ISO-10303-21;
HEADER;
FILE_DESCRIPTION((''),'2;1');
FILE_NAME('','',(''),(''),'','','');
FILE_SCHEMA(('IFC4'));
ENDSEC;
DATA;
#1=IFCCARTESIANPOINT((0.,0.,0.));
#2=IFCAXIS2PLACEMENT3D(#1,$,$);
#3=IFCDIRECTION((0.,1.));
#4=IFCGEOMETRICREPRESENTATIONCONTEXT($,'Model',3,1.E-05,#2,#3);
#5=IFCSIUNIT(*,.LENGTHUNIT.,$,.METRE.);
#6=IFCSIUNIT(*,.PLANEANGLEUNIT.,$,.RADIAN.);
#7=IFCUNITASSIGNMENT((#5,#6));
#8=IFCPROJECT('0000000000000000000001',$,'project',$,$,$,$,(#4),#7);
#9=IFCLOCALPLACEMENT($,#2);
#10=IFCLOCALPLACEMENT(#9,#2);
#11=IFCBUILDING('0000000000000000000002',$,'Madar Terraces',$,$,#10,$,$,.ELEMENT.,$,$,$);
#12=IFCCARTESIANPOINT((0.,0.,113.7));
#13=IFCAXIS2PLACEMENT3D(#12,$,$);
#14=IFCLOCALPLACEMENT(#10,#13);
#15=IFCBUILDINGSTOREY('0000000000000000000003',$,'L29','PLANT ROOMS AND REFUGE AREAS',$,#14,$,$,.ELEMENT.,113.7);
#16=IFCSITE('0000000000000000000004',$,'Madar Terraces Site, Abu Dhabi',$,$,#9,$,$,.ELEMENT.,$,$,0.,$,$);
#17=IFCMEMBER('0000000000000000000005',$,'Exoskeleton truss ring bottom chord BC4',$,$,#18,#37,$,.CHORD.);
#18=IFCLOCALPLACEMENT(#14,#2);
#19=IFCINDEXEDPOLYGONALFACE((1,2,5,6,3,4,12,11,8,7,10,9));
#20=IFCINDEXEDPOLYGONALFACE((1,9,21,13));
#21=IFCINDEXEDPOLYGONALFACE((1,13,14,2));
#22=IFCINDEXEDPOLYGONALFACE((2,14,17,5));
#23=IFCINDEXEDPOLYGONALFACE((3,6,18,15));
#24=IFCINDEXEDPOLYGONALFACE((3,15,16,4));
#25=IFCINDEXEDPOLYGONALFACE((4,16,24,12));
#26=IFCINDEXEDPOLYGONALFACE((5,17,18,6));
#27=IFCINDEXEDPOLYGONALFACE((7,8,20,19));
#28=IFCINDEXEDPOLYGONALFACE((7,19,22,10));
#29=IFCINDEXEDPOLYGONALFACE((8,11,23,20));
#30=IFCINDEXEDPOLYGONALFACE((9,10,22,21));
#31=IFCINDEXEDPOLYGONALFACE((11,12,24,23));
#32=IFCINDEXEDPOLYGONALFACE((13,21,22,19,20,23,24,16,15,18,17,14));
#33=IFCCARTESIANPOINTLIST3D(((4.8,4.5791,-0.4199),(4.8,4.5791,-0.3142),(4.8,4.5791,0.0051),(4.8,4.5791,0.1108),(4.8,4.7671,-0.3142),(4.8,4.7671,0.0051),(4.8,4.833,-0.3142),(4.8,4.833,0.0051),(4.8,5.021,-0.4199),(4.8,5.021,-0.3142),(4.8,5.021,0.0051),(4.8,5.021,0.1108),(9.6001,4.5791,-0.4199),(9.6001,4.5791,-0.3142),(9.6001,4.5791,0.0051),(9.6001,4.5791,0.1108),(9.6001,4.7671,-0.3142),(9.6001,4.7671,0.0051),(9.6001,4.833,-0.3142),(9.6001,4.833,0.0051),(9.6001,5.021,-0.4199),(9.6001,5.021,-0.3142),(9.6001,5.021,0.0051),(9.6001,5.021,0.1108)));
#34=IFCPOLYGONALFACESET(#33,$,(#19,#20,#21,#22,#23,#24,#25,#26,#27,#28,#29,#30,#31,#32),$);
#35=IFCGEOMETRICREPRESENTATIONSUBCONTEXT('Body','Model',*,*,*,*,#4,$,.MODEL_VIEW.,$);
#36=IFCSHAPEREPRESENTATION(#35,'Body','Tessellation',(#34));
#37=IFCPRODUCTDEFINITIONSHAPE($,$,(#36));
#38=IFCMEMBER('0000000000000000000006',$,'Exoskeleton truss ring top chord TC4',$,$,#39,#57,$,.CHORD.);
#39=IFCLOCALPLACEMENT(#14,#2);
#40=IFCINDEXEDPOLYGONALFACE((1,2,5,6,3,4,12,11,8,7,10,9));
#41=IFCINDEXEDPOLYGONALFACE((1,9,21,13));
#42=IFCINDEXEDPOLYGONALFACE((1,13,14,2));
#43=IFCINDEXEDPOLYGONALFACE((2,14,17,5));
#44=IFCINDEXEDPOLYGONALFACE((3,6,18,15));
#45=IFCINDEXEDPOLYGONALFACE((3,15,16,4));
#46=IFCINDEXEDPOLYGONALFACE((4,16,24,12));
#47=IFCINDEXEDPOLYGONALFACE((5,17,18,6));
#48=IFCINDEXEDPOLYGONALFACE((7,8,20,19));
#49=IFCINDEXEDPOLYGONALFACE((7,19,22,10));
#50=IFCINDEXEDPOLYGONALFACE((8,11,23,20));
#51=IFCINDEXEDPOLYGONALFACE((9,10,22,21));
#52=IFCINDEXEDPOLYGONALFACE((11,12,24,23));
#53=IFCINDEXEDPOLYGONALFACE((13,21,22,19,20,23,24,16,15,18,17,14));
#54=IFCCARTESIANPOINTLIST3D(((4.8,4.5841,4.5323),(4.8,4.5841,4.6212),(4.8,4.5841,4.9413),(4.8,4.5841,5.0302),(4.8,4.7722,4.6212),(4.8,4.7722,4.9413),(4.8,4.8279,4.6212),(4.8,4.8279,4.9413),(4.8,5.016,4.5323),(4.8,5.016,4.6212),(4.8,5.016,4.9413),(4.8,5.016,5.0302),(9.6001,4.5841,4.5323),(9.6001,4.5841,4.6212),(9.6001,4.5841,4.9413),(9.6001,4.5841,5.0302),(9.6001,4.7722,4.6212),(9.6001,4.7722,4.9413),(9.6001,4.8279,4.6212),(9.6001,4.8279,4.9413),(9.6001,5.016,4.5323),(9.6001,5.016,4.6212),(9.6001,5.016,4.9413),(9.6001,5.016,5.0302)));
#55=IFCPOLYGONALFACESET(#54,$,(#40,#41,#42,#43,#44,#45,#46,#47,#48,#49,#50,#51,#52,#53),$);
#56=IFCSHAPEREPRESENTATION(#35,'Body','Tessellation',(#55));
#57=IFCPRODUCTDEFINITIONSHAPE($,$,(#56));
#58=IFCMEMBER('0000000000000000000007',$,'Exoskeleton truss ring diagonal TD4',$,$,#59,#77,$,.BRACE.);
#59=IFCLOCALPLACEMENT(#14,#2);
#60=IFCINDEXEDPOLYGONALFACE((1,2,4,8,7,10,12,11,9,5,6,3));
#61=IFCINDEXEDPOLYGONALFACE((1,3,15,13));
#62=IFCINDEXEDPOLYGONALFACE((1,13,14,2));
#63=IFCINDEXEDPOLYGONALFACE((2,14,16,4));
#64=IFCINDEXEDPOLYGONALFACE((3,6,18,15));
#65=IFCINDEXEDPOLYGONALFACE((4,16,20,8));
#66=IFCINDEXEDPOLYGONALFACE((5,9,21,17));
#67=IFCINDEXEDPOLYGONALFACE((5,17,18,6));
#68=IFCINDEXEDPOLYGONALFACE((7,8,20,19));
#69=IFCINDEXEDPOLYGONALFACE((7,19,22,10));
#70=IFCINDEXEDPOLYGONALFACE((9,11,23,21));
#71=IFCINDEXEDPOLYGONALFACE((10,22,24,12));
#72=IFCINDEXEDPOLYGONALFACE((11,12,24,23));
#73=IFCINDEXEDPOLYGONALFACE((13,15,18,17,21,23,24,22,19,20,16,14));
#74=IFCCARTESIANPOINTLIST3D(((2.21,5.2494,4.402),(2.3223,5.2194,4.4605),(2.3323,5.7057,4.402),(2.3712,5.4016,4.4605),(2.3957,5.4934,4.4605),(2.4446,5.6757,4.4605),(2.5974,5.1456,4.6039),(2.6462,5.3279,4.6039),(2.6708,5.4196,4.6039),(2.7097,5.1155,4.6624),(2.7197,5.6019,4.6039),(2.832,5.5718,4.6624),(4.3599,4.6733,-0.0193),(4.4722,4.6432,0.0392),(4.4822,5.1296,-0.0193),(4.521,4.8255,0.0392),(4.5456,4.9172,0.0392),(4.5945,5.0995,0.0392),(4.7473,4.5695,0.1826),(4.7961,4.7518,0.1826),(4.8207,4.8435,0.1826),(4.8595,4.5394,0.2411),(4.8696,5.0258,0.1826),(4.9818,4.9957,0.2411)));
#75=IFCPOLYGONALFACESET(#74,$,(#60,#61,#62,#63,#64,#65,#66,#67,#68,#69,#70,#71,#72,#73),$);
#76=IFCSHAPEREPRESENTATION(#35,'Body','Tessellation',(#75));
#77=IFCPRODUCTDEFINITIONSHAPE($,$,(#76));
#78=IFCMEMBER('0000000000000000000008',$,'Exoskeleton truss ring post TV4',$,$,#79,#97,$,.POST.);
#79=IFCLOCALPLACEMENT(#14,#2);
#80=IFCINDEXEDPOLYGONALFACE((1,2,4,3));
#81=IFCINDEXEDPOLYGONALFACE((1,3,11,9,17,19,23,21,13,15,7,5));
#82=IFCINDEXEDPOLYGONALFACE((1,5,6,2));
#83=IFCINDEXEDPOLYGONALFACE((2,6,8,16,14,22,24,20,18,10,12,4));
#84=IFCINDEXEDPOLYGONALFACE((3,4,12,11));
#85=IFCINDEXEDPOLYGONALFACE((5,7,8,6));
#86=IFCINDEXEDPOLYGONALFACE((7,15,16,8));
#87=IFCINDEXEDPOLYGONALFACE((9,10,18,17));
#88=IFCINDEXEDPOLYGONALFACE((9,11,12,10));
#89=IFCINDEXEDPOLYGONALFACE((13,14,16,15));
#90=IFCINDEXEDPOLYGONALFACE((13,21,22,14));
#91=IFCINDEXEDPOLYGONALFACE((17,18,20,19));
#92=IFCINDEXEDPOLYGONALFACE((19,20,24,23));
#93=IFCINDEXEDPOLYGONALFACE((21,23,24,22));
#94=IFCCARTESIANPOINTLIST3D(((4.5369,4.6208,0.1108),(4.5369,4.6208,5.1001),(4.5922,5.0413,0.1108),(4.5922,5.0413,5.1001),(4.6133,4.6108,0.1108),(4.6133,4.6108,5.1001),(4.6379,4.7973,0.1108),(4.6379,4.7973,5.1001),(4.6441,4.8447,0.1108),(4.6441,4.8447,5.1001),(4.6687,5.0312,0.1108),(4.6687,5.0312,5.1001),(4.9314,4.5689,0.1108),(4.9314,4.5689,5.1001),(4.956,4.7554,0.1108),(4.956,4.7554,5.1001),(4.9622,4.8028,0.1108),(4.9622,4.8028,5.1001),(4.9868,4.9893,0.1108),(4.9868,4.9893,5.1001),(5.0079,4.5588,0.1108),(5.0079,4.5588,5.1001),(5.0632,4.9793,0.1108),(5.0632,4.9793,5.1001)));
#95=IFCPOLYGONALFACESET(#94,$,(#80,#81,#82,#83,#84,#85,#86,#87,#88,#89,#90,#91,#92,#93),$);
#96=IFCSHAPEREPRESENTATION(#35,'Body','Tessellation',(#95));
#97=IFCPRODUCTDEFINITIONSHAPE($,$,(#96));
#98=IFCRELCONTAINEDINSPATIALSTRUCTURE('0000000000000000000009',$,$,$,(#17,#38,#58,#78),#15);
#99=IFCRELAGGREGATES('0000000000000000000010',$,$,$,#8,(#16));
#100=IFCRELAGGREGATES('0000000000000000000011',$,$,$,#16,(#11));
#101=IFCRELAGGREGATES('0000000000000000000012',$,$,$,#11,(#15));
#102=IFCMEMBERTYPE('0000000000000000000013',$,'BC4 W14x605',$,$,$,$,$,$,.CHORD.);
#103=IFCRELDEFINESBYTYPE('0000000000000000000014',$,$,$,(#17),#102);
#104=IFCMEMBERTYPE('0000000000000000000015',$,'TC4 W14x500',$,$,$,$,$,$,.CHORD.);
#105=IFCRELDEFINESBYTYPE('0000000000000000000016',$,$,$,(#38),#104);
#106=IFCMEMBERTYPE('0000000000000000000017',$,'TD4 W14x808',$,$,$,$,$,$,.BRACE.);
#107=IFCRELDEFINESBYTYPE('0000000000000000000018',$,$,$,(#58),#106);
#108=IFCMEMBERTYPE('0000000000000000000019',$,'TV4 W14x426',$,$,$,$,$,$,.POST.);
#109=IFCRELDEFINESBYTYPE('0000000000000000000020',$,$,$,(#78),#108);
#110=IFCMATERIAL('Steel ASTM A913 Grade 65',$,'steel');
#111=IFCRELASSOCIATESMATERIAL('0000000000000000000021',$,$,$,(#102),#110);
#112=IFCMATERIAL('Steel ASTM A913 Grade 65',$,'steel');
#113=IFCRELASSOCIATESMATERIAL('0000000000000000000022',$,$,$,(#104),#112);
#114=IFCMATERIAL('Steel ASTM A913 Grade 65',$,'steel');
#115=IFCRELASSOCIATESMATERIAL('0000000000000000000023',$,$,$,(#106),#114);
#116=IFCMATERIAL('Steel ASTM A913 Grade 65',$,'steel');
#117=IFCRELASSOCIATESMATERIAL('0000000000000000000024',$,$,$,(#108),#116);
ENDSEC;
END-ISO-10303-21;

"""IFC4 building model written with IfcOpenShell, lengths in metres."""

from ifc_helpers import new_model, si_unit, direction, frame, origin, origin_2d, place, context, subcontext, project, spatial, i_section, extrude, material, material_profile, profile_set, type_object, element, save


model = new_model("IFC4")

# Units and contexts
model_context = context("Model", 3, precision=1e-05, world=origin(), true_north=direction((0.0, 1.0)))
body_context = subcontext(model_context, "Body", "Model", "MODEL_VIEW")
ifc_project = project(units=[si_unit("LENGTHUNIT", "METRE"), si_unit("PLANEANGLEUNIT", "RADIAN")], contexts=[model_context])

# Site, building, storey
site_placement = place(None, origin())
site = spatial("IfcSite", under=ifc_project, at=site_placement, Name="Madar Terraces Site, Abu Dhabi", CompositionType="ELEMENT", RefElevation=0.0)
building_placement = place(site_placement, origin())
building = spatial("IfcBuilding", under=site, at=building_placement, Name="Madar Terraces", CompositionType="ELEMENT")
storey_placement = place(building_placement, frame((0.0, 0.0, 113.7)))
storey = spatial("IfcBuildingStorey", under=building, at=storey_placement, Name="L29", Description="PLANT ROOMS AND REFUGE AREAS", CompositionType="ELEMENT", Elevation=113.7)

# Members
ifc_material_1 = material(Name="Steel ASTM A913 Grade 65", Category="steel")
ifc_material_profile_1 = material_profile(ifc_material_1, i_section(OverallWidth=0.4419, OverallDepth=0.5308, WebThickness=0.0659, FlangeThickness=0.1057, at=origin_2d()), Name="W14x605")
ifc_profile_set_1 = profile_set([ifc_material_profile_1], Name="Steel ASTM A913 Grade 65")
member_type_1 = type_object("IfcMemberType", Name="BC4 W14x605", PredefinedType="CHORD", material=ifc_profile_set_1)
member_1_placement = place(storey_placement, frame((4.8, 4.8, -0.1545), z_axis=(1.0, 0.0, 0.0), x_axis=(0.0, 1.0, 0.0)))
element("IfcMember", 1, at=member_1_placement, inside=storey, type_object=member_type_1, Name="Exoskeleton truss ring bottom chord BC4", PredefinedType="CHORD", context=body_context, shape_type="SweptSolid", body=[
    extrude(i_section(OverallWidth=0.4419, OverallDepth=0.5308, WebThickness=0.0659, FlangeThickness=0.1057, at=origin_2d()), origin(), (0.0, 0.0, 1.0), 4.8),
])
ifc_material_2 = material(Name="Steel ASTM A913 Grade 65", Category="steel")
ifc_material_profile_2 = material_profile(ifc_material_2, i_section(OverallWidth=0.4319, OverallDepth=0.4978, WebThickness=0.0557, FlangeThickness=0.0889, at=origin_2d()), Name="W14x500")
ifc_profile_set_2 = profile_set([ifc_material_profile_2], Name="Steel ASTM A913 Grade 65")
member_type_2 = type_object("IfcMemberType", Name="TC4 W14x500", PredefinedType="CHORD", material=ifc_profile_set_2)
member_2_placement = place(storey_placement, frame((4.8, 4.8, 4.7812), z_axis=(1.0, 0.0, 0.0), x_axis=(0.0, 1.0, 0.0)))
element("IfcMember", 2, at=member_2_placement, inside=storey, type_object=member_type_2, Name="Exoskeleton truss ring top chord TC4", PredefinedType="CHORD", context=body_context, shape_type="SweptSolid", body=[
    extrude(i_section(OverallWidth=0.4319, OverallDepth=0.4978, WebThickness=0.0557, FlangeThickness=0.0889, at=origin_2d()), origin(), (0.0, 0.0, 1.0), 4.8),
])
ifc_material_3 = material(Name="Steel ASTM A913 Grade 65", Category="steel")
ifc_material_profile_3 = material_profile(ifc_material_3, i_section(OverallWidth=0.4724, OverallDepth=0.5791, WebThickness=0.095, FlangeThickness=0.1301, at=origin_2d()), Name="W14x808")
ifc_profile_set_3 = profile_set([ifc_material_profile_3], Name="Steel ASTM A913 Grade 65")
member_type_3 = type_object("IfcMemberType", Name="TD4 W14x808", PredefinedType="BRACE", material=ifc_profile_set_3)
member_3_placement = place(storey_placement, frame((2.521, 5.4106, 4.5322), z_axis=(0.434322, -0.116398, -0.893206), x_axis=(0.258864, 0.965914, 0.0)))
element("IfcMember", 3, at=member_3_placement, inside=storey, type_object=member_type_3, Name="Exoskeleton truss ring diagonal TD4", PredefinedType="BRACE", context=body_context, shape_type="SweptSolid", body=[
    extrude(i_section(OverallWidth=0.4724, OverallDepth=0.5791, WebThickness=0.095, FlangeThickness=0.1301, at=origin_2d()), origin(), (0.0, 0.0, 1.0), 4.95),
])
ifc_material_4 = material(Name="Steel ASTM A913 Grade 65", Category="steel")
ifc_material_profile_4 = material_profile(ifc_material_4, i_section(OverallWidth=0.4241, OverallDepth=0.4751, WebThickness=0.0479, FlangeThickness=0.0771, at=origin_2d()), Name="W14x426")
ifc_profile_set_4 = profile_set([ifc_material_profile_4], Name="Steel ASTM A913 Grade 65")
member_type_4 = type_object("IfcMemberType", Name="TV4 W14x426", PredefinedType="POST", material=ifc_profile_set_4)
member_4_placement = place(storey_placement, frame((4.8, 4.8, 0.1108), z_axis=(0.0, 0.0, 1.0), x_axis=(0.130526, 0.991445, 0.0)))
element("IfcMember", 4, at=member_4_placement, inside=storey, type_object=member_type_4, Name="Exoskeleton truss ring post TV4", PredefinedType="POST", context=body_context, shape_type="SweptSolid", body=[
    extrude(i_section(OverallWidth=0.4241, OverallDepth=0.4751, WebThickness=0.0479, FlangeThickness=0.0771, at=origin_2d()), origin(), (0.0, 0.0, 1.0), 4.9893),
])

save(model, "model.ifc")
